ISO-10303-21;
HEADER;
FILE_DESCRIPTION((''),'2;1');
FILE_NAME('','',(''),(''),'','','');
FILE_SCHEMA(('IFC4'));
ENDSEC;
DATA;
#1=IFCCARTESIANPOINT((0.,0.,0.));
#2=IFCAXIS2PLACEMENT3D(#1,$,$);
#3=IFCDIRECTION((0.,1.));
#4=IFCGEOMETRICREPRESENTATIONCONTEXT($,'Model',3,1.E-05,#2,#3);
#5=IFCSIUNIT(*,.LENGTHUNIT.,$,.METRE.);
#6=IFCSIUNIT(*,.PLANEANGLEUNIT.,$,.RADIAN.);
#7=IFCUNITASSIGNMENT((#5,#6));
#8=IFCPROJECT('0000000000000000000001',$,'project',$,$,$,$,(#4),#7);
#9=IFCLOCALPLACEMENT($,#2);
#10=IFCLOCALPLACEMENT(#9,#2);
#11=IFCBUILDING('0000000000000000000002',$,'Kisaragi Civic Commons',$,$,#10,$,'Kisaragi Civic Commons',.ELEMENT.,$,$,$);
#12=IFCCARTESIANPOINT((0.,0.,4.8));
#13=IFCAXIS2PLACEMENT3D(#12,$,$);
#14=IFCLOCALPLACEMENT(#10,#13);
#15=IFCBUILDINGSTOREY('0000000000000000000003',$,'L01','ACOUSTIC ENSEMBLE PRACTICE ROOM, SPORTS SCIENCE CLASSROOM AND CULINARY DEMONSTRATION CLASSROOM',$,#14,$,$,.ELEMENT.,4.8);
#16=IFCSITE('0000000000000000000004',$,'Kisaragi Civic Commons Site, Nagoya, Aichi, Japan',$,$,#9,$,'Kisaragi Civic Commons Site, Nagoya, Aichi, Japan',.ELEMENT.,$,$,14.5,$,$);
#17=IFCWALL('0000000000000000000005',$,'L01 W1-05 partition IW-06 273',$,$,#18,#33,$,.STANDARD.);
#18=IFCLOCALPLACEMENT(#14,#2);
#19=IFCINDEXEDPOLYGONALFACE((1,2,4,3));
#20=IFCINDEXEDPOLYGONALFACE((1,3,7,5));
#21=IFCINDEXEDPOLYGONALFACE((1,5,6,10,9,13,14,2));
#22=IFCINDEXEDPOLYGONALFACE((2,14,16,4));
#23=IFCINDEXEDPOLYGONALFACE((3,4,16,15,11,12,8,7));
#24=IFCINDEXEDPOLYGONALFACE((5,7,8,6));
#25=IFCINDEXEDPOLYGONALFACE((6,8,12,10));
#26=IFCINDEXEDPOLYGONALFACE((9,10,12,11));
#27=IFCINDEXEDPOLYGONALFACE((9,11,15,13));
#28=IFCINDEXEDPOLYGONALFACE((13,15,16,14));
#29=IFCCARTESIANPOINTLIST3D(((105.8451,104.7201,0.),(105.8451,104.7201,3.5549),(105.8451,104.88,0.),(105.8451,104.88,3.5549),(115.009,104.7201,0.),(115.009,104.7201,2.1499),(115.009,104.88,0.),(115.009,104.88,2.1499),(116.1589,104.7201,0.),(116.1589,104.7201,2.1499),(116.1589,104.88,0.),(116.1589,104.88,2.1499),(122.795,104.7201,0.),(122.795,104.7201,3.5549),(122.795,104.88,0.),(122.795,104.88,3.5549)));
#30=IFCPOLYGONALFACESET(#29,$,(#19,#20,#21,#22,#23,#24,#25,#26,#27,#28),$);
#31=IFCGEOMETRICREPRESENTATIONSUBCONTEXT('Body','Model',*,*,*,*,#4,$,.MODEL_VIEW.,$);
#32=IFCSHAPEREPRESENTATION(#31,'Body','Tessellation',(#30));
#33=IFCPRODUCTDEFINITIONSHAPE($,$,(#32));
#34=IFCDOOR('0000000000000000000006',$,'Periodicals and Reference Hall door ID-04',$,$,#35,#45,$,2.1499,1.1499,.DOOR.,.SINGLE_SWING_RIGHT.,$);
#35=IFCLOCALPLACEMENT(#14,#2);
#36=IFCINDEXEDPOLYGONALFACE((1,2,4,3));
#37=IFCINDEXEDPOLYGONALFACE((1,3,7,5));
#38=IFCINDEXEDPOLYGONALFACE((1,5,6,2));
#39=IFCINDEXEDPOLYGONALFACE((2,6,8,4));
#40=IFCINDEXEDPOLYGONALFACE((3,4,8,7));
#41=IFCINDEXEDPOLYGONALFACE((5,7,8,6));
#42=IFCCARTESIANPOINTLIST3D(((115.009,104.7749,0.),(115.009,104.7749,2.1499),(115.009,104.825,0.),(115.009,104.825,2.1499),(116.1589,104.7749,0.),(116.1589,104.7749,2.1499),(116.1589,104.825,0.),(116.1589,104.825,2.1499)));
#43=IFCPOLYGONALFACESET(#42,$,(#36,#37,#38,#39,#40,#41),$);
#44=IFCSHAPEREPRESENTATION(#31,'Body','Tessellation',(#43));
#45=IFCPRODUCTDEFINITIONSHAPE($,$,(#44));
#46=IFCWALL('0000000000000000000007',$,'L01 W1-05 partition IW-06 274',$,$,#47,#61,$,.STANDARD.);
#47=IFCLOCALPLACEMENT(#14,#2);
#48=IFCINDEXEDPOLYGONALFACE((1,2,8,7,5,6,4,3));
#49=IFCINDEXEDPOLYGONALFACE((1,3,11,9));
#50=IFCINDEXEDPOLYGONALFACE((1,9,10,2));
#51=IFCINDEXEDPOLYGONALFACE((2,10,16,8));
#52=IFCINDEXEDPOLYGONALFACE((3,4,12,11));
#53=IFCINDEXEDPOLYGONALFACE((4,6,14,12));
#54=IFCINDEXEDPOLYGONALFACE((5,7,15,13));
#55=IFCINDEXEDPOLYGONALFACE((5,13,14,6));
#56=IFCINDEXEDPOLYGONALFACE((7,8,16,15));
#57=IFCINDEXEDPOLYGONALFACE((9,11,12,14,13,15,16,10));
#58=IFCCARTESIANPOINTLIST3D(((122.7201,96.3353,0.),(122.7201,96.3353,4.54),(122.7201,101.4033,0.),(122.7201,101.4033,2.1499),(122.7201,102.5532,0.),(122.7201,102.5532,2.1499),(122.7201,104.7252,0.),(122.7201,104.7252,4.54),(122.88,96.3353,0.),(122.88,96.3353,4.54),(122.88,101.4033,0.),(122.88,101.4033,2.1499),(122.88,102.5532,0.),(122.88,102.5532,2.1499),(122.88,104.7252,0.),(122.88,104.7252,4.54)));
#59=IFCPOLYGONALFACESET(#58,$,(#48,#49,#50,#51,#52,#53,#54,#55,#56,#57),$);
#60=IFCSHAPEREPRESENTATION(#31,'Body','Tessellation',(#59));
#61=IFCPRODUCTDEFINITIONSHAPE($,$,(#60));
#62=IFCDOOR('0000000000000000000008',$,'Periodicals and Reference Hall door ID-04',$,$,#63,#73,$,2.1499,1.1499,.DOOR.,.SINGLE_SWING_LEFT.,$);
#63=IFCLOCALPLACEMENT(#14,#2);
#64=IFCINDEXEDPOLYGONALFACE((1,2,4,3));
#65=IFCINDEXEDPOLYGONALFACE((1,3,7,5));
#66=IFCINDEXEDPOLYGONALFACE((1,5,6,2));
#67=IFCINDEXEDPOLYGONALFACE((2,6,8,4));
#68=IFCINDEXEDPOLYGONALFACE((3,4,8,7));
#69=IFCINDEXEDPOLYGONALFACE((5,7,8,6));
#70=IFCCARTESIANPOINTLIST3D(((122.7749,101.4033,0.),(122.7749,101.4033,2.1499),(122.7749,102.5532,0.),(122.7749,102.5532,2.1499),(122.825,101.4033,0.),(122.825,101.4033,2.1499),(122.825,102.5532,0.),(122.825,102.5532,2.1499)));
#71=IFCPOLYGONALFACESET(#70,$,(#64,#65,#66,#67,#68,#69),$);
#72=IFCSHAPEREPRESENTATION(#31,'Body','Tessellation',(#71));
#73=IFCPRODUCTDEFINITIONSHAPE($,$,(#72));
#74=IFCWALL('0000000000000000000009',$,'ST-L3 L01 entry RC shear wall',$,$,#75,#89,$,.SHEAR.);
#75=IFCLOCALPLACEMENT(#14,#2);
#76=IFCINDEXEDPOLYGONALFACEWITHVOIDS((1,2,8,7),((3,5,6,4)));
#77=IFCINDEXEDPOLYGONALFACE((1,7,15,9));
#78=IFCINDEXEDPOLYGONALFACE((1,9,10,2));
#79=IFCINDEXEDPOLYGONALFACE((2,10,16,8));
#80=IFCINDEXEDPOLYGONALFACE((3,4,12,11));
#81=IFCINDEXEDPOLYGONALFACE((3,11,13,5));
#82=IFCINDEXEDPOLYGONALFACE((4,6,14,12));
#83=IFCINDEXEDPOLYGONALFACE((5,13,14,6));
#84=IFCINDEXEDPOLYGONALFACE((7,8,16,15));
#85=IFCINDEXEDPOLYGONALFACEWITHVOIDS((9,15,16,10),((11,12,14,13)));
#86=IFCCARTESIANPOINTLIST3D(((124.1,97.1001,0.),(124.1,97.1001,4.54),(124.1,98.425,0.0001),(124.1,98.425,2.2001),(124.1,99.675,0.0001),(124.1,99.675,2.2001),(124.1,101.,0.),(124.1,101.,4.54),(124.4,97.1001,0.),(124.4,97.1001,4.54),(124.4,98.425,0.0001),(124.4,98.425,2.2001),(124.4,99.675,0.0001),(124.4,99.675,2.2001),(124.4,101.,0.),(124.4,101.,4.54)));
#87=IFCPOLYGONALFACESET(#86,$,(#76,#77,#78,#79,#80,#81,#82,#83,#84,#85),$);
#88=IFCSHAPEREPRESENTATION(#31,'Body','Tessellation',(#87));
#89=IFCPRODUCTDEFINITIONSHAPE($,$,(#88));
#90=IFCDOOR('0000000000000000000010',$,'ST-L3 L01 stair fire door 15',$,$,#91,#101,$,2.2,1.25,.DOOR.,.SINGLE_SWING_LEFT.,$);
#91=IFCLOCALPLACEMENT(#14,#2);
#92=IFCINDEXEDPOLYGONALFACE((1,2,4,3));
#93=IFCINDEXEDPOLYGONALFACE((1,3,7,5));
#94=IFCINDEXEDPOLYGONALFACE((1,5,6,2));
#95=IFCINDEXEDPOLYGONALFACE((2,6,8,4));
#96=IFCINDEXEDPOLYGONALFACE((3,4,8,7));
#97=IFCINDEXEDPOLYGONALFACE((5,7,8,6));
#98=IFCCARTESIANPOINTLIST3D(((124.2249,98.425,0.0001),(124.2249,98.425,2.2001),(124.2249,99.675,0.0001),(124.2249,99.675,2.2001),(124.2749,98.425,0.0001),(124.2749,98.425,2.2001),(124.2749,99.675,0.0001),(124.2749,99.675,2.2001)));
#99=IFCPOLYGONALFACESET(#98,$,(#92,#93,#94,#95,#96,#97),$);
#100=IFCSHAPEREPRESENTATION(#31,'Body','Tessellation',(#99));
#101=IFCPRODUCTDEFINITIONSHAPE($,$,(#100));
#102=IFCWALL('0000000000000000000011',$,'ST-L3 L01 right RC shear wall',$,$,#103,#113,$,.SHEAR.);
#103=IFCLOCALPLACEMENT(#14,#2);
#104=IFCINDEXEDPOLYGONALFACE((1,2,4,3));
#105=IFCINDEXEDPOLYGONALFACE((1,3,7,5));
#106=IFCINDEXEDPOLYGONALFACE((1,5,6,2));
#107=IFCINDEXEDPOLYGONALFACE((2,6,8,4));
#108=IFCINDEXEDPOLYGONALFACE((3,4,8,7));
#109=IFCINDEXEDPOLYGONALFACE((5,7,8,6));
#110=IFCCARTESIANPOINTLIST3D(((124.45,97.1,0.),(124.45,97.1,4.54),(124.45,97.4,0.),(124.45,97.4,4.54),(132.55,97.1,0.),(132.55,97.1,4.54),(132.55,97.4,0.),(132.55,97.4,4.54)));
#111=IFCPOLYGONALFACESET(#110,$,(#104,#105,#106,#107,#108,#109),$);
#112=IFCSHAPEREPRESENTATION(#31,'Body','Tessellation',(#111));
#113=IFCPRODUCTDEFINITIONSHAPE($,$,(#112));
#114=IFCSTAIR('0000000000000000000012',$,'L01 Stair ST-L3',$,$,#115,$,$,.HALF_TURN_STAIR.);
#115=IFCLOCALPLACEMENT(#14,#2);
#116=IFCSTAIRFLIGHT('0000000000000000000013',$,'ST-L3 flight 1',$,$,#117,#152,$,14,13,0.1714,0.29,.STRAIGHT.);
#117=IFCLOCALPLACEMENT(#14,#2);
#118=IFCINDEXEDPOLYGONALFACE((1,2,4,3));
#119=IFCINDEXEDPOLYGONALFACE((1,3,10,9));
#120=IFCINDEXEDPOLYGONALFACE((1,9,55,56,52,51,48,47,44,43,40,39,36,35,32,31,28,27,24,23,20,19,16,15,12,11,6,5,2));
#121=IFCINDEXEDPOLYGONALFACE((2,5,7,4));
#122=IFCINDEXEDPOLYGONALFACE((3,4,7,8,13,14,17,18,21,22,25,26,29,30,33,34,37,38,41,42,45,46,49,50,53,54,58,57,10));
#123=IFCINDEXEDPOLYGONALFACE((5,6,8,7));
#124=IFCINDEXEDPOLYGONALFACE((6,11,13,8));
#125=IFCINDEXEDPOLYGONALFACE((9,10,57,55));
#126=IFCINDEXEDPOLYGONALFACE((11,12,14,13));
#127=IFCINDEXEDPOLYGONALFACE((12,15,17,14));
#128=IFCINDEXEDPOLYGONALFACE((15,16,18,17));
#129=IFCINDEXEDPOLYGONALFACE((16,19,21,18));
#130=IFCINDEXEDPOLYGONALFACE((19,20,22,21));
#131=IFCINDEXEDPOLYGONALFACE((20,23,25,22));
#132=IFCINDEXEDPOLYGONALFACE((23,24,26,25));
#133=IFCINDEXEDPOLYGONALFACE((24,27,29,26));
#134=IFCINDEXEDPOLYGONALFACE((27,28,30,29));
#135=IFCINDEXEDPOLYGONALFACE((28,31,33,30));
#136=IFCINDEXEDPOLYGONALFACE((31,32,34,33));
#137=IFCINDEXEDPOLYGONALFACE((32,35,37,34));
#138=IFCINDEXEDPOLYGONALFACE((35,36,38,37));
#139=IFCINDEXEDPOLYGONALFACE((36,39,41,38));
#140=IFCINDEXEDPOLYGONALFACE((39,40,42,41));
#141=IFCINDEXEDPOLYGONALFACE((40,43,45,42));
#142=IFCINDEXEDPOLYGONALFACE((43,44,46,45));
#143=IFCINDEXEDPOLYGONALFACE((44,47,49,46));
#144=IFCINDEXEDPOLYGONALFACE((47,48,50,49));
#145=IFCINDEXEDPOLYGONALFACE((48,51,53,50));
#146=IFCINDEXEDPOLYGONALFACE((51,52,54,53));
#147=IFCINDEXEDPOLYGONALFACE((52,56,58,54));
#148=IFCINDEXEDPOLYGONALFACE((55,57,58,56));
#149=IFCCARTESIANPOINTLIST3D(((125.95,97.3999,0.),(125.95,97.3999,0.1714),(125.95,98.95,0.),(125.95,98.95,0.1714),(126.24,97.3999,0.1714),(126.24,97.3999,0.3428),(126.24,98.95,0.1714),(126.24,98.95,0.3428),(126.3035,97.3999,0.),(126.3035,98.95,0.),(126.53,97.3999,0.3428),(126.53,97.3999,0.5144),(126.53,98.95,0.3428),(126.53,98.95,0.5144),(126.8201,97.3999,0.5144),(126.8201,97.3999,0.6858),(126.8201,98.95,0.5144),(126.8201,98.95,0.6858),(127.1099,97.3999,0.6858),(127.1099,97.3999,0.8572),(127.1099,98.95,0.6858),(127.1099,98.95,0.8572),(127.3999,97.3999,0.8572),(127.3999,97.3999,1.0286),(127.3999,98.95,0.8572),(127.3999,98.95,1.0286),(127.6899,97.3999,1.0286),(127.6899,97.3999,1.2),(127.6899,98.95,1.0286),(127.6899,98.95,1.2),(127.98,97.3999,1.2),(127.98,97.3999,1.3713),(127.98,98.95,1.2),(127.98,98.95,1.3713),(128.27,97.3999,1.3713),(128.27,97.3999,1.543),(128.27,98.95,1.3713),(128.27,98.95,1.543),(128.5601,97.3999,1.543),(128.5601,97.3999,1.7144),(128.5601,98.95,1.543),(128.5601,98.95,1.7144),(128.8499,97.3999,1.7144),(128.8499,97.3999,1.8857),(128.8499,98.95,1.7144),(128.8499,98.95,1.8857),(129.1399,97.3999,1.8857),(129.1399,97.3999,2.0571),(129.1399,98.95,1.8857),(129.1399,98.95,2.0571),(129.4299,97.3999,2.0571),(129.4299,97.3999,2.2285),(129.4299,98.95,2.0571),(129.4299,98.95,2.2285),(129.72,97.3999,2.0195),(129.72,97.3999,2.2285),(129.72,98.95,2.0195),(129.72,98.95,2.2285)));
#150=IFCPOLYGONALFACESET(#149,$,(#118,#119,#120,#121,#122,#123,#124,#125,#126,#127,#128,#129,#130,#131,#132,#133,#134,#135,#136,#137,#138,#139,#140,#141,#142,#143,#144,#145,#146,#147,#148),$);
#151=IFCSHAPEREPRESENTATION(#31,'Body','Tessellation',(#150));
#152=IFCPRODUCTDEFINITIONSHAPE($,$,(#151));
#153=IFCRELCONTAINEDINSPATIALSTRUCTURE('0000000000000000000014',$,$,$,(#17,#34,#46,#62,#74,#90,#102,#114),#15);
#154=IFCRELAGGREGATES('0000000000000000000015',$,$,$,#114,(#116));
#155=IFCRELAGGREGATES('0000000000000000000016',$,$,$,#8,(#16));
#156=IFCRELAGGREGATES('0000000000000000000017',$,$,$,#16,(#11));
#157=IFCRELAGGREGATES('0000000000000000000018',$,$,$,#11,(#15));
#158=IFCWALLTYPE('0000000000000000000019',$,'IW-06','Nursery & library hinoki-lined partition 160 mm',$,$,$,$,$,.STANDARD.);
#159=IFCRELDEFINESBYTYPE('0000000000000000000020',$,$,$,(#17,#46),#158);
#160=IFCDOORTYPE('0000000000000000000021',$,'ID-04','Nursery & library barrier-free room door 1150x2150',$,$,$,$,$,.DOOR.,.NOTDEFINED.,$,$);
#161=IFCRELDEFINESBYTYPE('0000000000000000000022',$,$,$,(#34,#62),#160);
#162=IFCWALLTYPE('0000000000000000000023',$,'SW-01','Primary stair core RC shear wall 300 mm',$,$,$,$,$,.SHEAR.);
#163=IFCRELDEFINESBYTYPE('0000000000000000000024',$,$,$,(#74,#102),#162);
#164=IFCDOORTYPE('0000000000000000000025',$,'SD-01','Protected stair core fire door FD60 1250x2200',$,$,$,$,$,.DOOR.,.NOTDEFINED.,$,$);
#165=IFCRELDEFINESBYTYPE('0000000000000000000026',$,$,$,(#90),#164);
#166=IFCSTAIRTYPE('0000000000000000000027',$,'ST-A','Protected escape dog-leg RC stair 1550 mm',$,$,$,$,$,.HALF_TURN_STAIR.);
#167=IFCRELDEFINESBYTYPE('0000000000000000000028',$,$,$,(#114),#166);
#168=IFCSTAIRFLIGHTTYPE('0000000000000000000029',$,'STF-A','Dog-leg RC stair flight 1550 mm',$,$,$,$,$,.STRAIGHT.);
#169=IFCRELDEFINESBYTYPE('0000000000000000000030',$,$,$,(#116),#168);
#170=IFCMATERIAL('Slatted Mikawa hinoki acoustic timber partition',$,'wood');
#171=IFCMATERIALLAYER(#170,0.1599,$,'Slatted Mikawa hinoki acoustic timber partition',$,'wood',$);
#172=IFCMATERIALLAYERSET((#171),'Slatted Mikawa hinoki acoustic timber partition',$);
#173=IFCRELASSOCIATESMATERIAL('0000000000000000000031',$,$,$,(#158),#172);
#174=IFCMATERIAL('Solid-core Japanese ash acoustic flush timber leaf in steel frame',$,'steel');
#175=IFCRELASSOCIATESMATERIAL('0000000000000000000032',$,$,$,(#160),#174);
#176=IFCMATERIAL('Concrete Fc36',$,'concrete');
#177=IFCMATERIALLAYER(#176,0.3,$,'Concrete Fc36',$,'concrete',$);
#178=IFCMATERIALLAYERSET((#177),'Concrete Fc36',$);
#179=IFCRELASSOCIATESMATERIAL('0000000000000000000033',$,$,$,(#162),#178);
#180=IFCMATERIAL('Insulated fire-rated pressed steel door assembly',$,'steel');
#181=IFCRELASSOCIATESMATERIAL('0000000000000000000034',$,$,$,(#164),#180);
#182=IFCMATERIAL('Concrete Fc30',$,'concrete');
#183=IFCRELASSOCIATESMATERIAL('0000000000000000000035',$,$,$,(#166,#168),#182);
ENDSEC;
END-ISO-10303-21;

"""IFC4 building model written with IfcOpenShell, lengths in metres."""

from ifc_helpers import new_model, si_unit, direction, frame, frame_2d, origin, place, context, subcontext, project, spatial, polyline, rectangle, outline, extrude, material, layer, layer_set, type_object, element, fill, aggregate, save


model = new_model("IFC4")

# Units and contexts
model_context = context("Model", 3, precision=1e-05, world=origin(), true_north=direction((0.0, 1.0)))
body_context = subcontext(model_context, "Body", "Model", "MODEL_VIEW")
ifc_project = project(units=[si_unit("LENGTHUNIT", "METRE"), si_unit("PLANEANGLEUNIT", "RADIAN")], contexts=[model_context])

# Site, building, storey
site_placement = place(None, origin())
site = spatial("IfcSite", under=ifc_project, at=site_placement, Name="Kisaragi Civic Commons Site, Nagoya, Aichi, Japan", LongName="Kisaragi Civic Commons Site, Nagoya, Aichi, Japan", CompositionType="ELEMENT", RefElevation=14.5)
building_placement = place(site_placement, origin())
building = spatial("IfcBuilding", under=site, at=building_placement, Name="Kisaragi Civic Commons", LongName="Kisaragi Civic Commons", CompositionType="ELEMENT")
storey_placement = place(building_placement, frame((0.0, 0.0, 4.8)))
storey = spatial("IfcBuildingStorey", under=building, at=storey_placement, Name="L01", Description="ACOUSTIC ENSEMBLE PRACTICE ROOM, SPORTS SCIENCE CLASSROOM AND CULINARY DEMONSTRATION CLASSROOM", CompositionType="ELEMENT", Elevation=4.8)

# Shared definitions
ifc_material_1 = material(Name="Concrete Fc36", Category="concrete")

# Shared definitions
ifc_material_2 = material(Name="Concrete Fc30", Category="concrete")

# Walls, openings, doors
ifc_material_3 = material(Name="Slatted Mikawa hinoki acoustic timber partition", Category="wood")
ifc_layer_1 = layer(ifc_material_3, 0.1599, Name="Slatted Mikawa hinoki acoustic timber partition", Category="wood")
ifc_layer_set_1 = layer_set([ifc_layer_1], Name="Slatted Mikawa hinoki acoustic timber partition")
wall_type_1 = type_object("IfcWallType", Name="IW-06", Description="Nursery & library hinoki-lined partition 160 mm", PredefinedType="STANDARD", material=ifc_layer_set_1)
wall_1_placement = place(storey_placement, frame((105.845, 104.8, 0.0), z_axis=(0.0, 0.0, 1.0), x_axis=(1.0, 0.0, 0.0)))
wall_1 = element("IfcWall", 1, at=wall_1_placement, inside=storey, type_object=wall_type_1, Name="L01 W1-05 partition IW-06 273", PredefinedType="STANDARD", context=body_context, shape_type="SweptSolid", body=[
    extrude(rectangle(XDim=16.95, YDim=0.1599, at=frame_2d((8.4751, 0.0))), origin(), (0.0, 0.0, 1.0), 3.5549),
])
opening_1_placement = place(wall_1_placement, frame((9.1641, 0.0, 0.0)))
opening_1 = element("IfcOpeningElement", 2, at=opening_1_placement, cuts=wall_1, PredefinedType="OPENING", context=body_context, shape_type="SweptSolid", body=[
    extrude(rectangle(XDim=1.1499, YDim=2.1499, at=frame_2d((0.575, 1.075))), frame((0.0, 0.0898, 0.0), z_axis=(0.0, -1.0, 0.0), x_axis=(1.0, 0.0, 0.0)), (0.0, 0.0, 1.0), 0.1799),
])
ifc_material_4 = material(Name="Solid-core Japanese ash acoustic flush timber leaf in steel frame", Category="steel")
door_type_1 = type_object("IfcDoorType", Name="ID-04", Description="Nursery & library barrier-free room door 1150x2150", OperationType="NOTDEFINED", PredefinedType="DOOR", material=ifc_material_4)
door_1_placement = place(opening_1_placement, origin())
door_1 = element("IfcDoor", 3, at=door_1_placement, inside=storey, type_object=door_type_1, Name="Periodicals and Reference Hall door ID-04", OperationType="SINGLE_SWING_RIGHT", OverallHeight=2.1499, OverallWidth=1.1499, PredefinedType="DOOR", context=body_context, shape_type="SweptSolid", body=[
    extrude(rectangle(XDim=1.1499, YDim=2.1499, at=frame_2d((0.575, 1.075))), frame((0.0, 0.0249, 0.0), z_axis=(0.0, -1.0, 0.0), x_axis=(1.0, 0.0, 0.0)), (0.0, 0.0, 1.0), 0.05),
])
fill(opening_1, door_1)
wall_2_placement = place(storey_placement, frame((122.8, 104.7251, 0.0), z_axis=(0.0, 0.0, 1.0), x_axis=(0.0, -1.0, 0.0)))
wall_2 = element("IfcWall", 4, at=wall_2_placement, inside=storey, type_object=wall_type_1, Name="L01 W1-05 partition IW-06 274", PredefinedType="STANDARD", context=body_context, shape_type="SweptSolid", body=[
    extrude(rectangle(XDim=8.3899, YDim=0.1599, at=frame_2d((4.1948, 0.0))), origin(), (0.0, 0.0, 1.0), 4.54),
])
opening_2_placement = place(wall_2_placement, frame((2.1719, 0.0, 0.0)))
opening_2 = element("IfcOpeningElement", 5, at=opening_2_placement, cuts=wall_2, PredefinedType="OPENING", context=body_context, shape_type="SweptSolid", body=[
    extrude(rectangle(XDim=1.1499, YDim=2.1499, at=frame_2d((0.575, 1.075))), frame((0.0, 0.0898, 0.0), z_axis=(0.0, -1.0, 0.0), x_axis=(1.0, 0.0, 0.0)), (0.0, 0.0, 1.0), 0.1799),
])
door_2_placement = place(opening_2_placement, origin())
door_2 = element("IfcDoor", 6, at=door_2_placement, inside=storey, type_object=door_type_1, Name="Periodicals and Reference Hall door ID-04", OperationType="SINGLE_SWING_LEFT", OverallHeight=2.1499, OverallWidth=1.1499, PredefinedType="DOOR", context=body_context, shape_type="SweptSolid", body=[
    extrude(rectangle(XDim=1.1499, YDim=2.1499, at=frame_2d((0.575, 1.075))), frame((0.0, 0.0249, 0.0), z_axis=(0.0, -1.0, 0.0), x_axis=(1.0, 0.0, 0.0)), (0.0, 0.0, 1.0), 0.05),
])
fill(opening_2, door_2)
ifc_layer_2 = layer(ifc_material_1, 0.3, Name="Concrete Fc36", Category="concrete")
ifc_layer_set_2 = layer_set([ifc_layer_2], Name="Concrete Fc36")
wall_type_2 = type_object("IfcWallType", Name="SW-01", Description="Primary stair core RC shear wall 300 mm", PredefinedType="SHEAR", material=ifc_layer_set_2)
wall_3_placement = place(storey_placement, frame((124.25, 101.0, 0.0), z_axis=(0.0, 0.0, 1.0), x_axis=(0.0, -1.0, 0.0)))
wall_3 = element("IfcWall", 7, at=wall_3_placement, inside=storey, type_object=wall_type_2, Name="ST-L3 L01 entry RC shear wall", PredefinedType="SHEAR", context=body_context, shape_type="SweptSolid", body=[
    extrude(rectangle(XDim=3.8999, YDim=0.3, at=frame_2d((1.95, 0.0))), origin(), (0.0, 0.0, 1.0), 4.54),
])
opening_3_placement = place(wall_3_placement, frame((1.325, 0.0, 0.0)))
opening_3 = element("IfcOpeningElement", 8, at=opening_3_placement, cuts=wall_3, PredefinedType="OPENING", context=body_context, shape_type="SweptSolid", body=[
    extrude(rectangle(XDim=1.25, YDim=2.2, at=frame_2d((0.625, 1.1001))), frame((0.0, 0.1599, 0.0), z_axis=(0.0, -1.0, 0.0), x_axis=(1.0, 0.0, 0.0)), (0.0, 0.0, 1.0), 0.3201),
])
ifc_material_5 = material(Name="Insulated fire-rated pressed steel door assembly", Category="steel")
door_type_2 = type_object("IfcDoorType", Name="SD-01", Description="Protected stair core fire door FD60 1250x2200", OperationType="NOTDEFINED", PredefinedType="DOOR", material=ifc_material_5)
door_3_placement = place(opening_3_placement, origin())
door_3 = element("IfcDoor", 9, at=door_3_placement, inside=storey, type_object=door_type_2, Name="ST-L3 L01 stair fire door 15", OperationType="SINGLE_SWING_LEFT", OverallHeight=2.2, OverallWidth=1.25, PredefinedType="DOOR", context=body_context, shape_type="SweptSolid", body=[
    extrude(rectangle(XDim=1.25, YDim=2.2, at=frame_2d((0.625, 1.1001))), frame((0.0, 0.0249, 0.0), z_axis=(0.0, -1.0, 0.0), x_axis=(1.0, 0.0, 0.0)), (0.0, 0.0, 1.0), 0.05),
])
fill(opening_3, door_3)

# Wall
wall_4_placement = place(storey_placement, frame((124.45, 97.25, 0.0), z_axis=(0.0, 0.0, 1.0), x_axis=(1.0, 0.0, 0.0)))
element("IfcWall", 10, at=wall_4_placement, inside=storey, type_object=wall_type_2, Name="ST-L3 L01 right RC shear wall", PredefinedType="SHEAR", context=body_context, shape_type="SweptSolid", body=[
    extrude(rectangle(XDim=8.1001, YDim=0.3, at=frame_2d((4.05, 0.0))), origin(), (0.0, 0.0, 1.0), 4.54),
])

# Stair, stair flight
stair_type = type_object("IfcStairType", Name="ST-A", Description="Protected escape dog-leg RC stair 1550 mm", PredefinedType="HALF_TURN_STAIR", material=ifc_material_2)
stair_placement = place(storey_placement, origin())
stair = element("IfcStair", 11, at=stair_placement, inside=storey, type_object=stair_type, Name="L01 Stair ST-L3", PredefinedType="HALF_TURN_STAIR")
stair_flight_type = type_object("IfcStairFlightType", Name="STF-A", Description="Dog-leg RC stair flight 1550 mm", PredefinedType="STRAIGHT", material=ifc_material_2)
stair_flight_placement = place(storey_placement, frame((125.95, 98.175, 0.0), z_axis=(0.0, 0.0, 1.0), x_axis=(1.0, 0.0, 0.0)))
stair_flight = element("IfcStairFlight", 12, at=stair_flight_placement, type_object=stair_flight_type, Name="ST-L3 flight 1", NumberOfRisers=14, NumberOfTreads=13, PredefinedType="STRAIGHT", RiserHeight=0.1714, TreadLength=0.29, context=body_context, shape_type="SweptSolid", body=[
    extrude(outline(polyline([(0.0, 0.0), (0.0, 0.1714), (0.29, 0.1714), (0.29, 0.3428), (0.5801, 0.3428), (0.5801, 0.5144), (0.8701, 0.5144), (0.8701, 0.6858), (1.1599, 0.6858), (1.1599, 0.8572), (1.45, 0.8572), (1.45, 1.0286), (1.74, 1.0286), (1.74, 1.2), (2.03, 1.2), (2.03, 1.3713), (2.3201, 1.3713), (2.3201, 1.543), (2.6101, 1.543), (2.6101, 1.7144), (2.8999, 1.7144), (2.8999, 1.8857), (3.1899, 1.8857), (3.1899, 2.0571), (3.48, 2.0571), (3.48, 2.2285), (3.77, 2.2285), (3.77, 2.3999), (3.77, 2.0195), (0.3535, 0.0), (0.0, 0.0)])), frame((0.0, 0.7749, 0.0), z_axis=(0.0, -1.0, 0.0), x_axis=(1.0, 0.0, 0.0)), (0.0, 0.0, 1.0), 1.55),
])
aggregate(stair, [stair_flight])

save(model, "model.ifc")
